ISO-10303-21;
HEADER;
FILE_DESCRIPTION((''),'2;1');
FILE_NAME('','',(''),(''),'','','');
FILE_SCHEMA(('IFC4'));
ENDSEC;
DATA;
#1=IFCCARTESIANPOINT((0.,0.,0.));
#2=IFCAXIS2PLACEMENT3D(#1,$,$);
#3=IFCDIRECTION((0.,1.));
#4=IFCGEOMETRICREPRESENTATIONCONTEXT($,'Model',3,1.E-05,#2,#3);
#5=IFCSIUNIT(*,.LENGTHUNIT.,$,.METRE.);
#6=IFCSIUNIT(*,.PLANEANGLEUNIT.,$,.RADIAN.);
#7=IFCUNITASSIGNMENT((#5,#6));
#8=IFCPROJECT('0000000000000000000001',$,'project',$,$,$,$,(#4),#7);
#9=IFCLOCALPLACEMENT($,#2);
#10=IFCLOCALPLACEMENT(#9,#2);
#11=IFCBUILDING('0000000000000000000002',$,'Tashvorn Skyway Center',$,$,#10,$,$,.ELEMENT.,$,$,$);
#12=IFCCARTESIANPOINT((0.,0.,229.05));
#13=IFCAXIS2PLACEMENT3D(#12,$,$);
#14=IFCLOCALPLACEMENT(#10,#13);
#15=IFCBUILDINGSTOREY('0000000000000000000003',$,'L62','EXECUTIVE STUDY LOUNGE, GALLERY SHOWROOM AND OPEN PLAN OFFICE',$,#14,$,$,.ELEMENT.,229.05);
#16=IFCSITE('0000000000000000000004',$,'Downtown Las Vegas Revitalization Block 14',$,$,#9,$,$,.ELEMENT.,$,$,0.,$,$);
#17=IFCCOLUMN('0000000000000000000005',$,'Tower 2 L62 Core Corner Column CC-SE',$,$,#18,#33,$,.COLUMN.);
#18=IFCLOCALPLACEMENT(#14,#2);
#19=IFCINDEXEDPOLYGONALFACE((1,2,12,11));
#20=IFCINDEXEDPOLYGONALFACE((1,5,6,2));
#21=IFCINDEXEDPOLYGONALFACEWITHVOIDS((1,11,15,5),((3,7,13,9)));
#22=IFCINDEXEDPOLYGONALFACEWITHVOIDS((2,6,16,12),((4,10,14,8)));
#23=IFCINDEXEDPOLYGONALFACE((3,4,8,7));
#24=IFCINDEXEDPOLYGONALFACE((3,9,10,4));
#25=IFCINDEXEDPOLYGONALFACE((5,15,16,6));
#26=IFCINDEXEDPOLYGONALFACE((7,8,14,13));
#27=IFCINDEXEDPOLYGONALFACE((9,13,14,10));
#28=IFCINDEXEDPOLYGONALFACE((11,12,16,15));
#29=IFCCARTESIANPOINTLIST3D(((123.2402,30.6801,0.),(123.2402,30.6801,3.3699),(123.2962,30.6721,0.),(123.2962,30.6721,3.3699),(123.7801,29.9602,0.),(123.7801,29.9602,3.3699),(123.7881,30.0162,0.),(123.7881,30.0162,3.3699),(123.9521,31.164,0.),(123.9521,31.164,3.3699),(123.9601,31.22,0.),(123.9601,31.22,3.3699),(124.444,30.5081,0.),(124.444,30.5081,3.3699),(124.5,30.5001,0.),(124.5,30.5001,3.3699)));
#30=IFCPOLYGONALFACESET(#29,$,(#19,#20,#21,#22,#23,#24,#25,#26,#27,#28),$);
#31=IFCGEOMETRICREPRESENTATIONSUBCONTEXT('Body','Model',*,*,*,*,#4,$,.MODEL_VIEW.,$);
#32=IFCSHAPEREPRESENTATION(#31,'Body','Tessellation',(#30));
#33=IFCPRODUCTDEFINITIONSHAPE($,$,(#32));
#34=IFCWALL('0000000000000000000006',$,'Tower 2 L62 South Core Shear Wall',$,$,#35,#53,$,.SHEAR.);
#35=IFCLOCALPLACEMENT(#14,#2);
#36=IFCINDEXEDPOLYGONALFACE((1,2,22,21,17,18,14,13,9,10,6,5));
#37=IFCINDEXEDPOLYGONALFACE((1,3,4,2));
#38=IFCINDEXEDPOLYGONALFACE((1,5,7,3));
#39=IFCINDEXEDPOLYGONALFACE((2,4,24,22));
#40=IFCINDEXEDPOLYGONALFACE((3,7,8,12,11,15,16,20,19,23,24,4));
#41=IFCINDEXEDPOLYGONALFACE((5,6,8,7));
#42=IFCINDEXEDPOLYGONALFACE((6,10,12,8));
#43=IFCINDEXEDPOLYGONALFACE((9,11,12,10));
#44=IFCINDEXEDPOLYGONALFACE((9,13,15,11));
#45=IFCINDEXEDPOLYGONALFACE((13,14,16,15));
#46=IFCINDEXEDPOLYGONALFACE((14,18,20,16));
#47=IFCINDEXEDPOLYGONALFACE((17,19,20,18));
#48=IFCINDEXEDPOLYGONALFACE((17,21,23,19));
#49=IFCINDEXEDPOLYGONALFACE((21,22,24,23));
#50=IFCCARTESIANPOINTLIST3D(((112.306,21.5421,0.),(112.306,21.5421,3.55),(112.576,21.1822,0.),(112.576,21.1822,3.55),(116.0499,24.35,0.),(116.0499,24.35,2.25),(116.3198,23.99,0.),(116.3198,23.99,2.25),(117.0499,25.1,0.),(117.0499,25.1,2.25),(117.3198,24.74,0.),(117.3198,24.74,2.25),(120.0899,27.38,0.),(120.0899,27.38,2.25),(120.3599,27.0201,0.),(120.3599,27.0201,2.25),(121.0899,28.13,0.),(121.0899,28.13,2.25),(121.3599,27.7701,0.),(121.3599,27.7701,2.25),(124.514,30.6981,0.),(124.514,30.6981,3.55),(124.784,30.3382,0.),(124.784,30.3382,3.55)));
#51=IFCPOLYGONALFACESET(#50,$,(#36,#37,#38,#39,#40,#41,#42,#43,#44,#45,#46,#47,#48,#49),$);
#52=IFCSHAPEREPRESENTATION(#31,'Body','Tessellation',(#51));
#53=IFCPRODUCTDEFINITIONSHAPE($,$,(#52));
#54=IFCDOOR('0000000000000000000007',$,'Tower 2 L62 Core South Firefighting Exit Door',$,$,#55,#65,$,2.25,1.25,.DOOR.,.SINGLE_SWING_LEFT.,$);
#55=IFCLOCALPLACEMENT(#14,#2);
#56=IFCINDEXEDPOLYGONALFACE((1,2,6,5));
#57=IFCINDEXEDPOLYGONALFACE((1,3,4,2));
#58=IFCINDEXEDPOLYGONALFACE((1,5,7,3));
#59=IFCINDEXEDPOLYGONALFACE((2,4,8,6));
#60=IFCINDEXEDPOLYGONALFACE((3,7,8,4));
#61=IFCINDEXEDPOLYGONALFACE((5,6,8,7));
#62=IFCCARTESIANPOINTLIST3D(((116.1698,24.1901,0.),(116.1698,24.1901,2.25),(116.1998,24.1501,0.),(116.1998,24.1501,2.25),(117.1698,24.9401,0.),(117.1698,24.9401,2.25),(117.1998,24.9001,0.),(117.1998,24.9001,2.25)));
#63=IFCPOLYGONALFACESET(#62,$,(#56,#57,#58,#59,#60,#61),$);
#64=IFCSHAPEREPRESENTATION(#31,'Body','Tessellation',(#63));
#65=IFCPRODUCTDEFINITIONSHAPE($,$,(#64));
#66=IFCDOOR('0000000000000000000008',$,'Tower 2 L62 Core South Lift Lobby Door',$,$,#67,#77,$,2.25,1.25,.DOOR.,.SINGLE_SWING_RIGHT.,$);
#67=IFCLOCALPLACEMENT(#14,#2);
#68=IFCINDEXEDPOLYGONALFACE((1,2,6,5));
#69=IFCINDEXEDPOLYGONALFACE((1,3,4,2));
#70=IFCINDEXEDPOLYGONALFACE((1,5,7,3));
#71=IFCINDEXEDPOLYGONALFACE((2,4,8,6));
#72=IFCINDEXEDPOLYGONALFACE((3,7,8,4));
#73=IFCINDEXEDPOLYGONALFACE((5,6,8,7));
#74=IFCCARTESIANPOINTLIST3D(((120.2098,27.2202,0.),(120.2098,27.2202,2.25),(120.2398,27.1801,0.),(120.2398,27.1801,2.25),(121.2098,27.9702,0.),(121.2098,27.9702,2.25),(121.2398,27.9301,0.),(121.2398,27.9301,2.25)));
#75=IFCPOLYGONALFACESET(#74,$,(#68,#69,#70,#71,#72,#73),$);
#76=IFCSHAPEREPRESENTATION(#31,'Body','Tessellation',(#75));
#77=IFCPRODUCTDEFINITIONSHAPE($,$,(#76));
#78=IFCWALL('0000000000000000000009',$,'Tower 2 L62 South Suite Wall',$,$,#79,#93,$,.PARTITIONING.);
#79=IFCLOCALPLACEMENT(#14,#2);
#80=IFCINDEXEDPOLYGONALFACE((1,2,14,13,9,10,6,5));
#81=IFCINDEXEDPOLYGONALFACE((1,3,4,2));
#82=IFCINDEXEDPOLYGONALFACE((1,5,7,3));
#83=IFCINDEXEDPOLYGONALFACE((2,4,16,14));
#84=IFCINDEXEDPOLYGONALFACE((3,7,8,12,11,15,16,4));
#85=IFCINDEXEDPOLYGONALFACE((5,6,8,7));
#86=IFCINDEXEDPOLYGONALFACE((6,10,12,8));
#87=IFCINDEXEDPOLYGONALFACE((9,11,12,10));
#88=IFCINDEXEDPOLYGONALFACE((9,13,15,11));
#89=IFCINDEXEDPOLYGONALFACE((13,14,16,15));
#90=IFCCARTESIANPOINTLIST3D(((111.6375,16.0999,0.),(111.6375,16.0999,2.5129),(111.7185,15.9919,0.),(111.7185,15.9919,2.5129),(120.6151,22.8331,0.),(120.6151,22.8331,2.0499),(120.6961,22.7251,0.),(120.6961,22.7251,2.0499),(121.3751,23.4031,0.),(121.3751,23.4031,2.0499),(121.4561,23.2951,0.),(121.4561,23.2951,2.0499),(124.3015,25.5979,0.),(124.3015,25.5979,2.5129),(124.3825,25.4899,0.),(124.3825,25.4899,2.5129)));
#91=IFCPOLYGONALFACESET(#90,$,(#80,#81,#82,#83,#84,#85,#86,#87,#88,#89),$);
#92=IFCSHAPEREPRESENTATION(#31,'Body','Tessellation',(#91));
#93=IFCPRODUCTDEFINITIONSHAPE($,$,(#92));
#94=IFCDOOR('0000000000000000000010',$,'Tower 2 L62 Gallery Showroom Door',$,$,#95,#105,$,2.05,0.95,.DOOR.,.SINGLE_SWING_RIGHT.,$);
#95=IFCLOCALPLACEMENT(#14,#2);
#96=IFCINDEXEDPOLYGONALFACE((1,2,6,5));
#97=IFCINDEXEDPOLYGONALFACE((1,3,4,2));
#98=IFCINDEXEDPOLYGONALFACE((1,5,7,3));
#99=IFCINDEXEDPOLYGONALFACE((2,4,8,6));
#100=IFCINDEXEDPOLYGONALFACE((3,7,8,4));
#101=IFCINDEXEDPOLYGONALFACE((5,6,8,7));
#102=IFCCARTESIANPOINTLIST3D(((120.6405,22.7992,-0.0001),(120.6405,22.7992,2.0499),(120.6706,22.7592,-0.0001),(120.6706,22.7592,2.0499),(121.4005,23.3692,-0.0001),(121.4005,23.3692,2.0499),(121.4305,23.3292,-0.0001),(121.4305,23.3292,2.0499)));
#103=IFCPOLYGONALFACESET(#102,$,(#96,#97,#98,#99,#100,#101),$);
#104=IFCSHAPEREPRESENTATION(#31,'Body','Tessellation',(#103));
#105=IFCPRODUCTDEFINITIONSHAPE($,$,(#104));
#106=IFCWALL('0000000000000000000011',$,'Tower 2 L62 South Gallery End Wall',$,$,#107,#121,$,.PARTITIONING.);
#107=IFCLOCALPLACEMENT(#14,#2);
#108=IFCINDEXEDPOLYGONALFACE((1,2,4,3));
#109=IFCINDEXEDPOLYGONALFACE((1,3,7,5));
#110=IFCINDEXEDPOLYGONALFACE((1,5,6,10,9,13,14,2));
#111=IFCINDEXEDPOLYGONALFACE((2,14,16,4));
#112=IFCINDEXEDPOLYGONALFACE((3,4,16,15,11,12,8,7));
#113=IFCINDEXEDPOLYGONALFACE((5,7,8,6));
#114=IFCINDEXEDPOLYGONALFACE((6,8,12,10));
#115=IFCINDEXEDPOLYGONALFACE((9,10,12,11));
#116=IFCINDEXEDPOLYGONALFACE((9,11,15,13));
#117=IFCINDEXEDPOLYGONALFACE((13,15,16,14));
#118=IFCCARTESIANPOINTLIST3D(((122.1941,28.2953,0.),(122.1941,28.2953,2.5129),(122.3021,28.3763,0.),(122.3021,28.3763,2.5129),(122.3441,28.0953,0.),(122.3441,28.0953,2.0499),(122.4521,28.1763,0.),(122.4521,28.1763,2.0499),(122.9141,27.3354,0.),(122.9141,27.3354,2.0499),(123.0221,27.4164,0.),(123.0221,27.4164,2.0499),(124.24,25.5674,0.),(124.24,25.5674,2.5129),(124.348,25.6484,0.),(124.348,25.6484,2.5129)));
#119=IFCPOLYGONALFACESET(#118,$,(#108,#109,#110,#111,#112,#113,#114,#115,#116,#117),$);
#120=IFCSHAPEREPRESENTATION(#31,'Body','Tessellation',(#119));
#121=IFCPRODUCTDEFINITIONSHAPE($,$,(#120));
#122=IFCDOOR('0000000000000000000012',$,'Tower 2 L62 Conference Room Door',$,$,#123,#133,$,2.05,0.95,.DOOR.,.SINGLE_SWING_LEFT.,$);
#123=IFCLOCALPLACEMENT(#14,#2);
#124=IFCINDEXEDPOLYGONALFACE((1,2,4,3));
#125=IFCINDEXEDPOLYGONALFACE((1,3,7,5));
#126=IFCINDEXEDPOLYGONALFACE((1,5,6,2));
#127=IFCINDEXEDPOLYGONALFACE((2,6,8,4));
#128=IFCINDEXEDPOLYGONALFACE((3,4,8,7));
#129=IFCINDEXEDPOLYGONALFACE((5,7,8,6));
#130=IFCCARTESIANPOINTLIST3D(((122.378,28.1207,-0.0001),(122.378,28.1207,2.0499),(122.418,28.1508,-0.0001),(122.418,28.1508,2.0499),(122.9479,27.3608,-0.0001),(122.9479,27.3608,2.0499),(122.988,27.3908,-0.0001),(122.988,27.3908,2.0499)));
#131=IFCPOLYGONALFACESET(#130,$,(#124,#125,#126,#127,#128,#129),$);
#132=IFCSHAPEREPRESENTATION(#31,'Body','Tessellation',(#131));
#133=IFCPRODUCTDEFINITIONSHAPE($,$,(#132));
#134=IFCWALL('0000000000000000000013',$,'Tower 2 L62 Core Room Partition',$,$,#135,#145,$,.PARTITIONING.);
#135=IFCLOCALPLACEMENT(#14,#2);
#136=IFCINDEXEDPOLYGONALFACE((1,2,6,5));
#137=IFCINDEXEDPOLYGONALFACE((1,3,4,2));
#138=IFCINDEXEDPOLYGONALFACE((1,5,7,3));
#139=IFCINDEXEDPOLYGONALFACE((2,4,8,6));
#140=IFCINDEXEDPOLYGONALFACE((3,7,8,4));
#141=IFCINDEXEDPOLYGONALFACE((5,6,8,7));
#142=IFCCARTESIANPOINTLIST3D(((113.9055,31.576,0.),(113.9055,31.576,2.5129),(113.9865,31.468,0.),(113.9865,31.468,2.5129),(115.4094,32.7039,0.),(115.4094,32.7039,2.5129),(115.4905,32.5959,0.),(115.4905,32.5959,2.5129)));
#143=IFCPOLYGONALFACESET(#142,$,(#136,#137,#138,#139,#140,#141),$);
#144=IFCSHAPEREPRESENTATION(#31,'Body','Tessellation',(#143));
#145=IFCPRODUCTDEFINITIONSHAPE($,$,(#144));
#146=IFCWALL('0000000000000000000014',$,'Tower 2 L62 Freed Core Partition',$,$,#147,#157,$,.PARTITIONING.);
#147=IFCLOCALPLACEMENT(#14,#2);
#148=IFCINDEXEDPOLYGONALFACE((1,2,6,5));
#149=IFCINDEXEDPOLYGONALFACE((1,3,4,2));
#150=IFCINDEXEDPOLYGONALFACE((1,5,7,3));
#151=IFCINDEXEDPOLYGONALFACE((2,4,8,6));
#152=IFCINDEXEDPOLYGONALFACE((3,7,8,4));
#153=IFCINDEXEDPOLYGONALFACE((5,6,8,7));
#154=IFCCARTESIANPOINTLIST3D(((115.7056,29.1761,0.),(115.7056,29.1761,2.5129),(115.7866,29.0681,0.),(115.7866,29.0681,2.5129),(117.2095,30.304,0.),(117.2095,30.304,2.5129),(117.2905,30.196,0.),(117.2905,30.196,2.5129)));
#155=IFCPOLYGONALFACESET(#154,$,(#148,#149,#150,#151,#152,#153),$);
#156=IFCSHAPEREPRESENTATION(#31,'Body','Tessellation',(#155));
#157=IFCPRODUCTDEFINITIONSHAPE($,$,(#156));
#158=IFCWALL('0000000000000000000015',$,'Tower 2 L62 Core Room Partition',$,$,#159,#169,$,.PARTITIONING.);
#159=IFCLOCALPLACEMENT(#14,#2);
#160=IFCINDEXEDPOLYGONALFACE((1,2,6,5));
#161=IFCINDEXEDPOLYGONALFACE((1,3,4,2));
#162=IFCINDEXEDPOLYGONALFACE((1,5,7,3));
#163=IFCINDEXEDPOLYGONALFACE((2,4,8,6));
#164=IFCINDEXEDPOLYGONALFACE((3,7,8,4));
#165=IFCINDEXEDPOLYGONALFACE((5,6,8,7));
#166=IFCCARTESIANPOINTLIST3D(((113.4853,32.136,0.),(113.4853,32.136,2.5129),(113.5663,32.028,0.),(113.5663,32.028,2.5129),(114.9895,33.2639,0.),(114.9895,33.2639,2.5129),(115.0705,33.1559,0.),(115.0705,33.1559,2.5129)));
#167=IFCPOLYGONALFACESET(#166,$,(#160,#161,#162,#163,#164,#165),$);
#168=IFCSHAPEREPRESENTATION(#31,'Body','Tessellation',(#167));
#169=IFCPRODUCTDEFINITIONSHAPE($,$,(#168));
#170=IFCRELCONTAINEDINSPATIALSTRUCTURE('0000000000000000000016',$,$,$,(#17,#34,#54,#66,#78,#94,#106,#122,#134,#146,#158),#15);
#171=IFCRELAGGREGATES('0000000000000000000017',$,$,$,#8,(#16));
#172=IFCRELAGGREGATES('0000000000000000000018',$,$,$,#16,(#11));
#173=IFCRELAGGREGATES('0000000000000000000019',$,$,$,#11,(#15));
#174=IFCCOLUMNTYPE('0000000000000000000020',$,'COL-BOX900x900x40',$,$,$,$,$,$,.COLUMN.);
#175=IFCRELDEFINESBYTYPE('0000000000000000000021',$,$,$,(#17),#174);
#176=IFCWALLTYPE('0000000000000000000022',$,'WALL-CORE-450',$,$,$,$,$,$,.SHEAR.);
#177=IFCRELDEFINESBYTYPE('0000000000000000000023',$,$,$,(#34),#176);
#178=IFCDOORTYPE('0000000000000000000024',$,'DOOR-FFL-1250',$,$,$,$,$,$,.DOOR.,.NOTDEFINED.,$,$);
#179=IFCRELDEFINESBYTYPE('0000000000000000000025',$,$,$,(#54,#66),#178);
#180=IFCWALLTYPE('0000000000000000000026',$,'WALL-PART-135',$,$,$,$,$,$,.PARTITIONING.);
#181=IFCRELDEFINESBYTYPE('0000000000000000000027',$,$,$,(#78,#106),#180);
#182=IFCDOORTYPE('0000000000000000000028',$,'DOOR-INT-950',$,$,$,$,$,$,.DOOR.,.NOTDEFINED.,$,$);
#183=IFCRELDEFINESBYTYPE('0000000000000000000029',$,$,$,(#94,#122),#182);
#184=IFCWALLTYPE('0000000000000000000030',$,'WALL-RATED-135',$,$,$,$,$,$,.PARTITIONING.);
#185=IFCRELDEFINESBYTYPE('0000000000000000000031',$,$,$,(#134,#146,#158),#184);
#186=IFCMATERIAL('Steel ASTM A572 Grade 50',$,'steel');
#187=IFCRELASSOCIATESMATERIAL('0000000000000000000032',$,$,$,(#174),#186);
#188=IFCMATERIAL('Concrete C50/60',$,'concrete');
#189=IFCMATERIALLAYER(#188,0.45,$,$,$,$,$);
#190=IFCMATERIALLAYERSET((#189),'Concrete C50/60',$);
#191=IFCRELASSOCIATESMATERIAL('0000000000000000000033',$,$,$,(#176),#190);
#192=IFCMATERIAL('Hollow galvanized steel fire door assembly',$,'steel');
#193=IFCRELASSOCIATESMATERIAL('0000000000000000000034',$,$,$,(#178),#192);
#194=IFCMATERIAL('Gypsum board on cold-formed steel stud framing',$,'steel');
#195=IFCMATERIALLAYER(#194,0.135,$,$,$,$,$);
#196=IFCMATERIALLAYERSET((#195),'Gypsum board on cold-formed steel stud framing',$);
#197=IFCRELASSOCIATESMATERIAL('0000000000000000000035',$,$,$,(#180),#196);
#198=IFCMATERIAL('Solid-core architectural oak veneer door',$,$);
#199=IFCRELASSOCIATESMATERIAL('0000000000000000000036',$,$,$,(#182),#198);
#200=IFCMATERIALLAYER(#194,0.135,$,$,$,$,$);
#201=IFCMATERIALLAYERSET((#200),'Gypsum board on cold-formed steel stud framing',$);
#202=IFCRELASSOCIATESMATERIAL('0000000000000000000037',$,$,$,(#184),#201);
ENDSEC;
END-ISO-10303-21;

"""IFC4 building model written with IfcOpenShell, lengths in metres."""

from ifc_helpers import new_model, si_unit, direction, frame, frame_2d, origin, origin_2d, place, context, subcontext, project, spatial, rectangle, hollow_rectangle, extrude, material, layer, layer_set, material_profile, profile_set, type_object, element, fill, save


model = new_model("IFC4")

# Units and contexts
model_context = context("Model", 3, precision=1e-05, world=origin(), true_north=direction((0.0, 1.0)))
body_context = subcontext(model_context, "Body", "Model", "MODEL_VIEW")
ifc_project = project(units=[si_unit("LENGTHUNIT", "METRE"), si_unit("PLANEANGLEUNIT", "RADIAN")], contexts=[model_context])

# Site, building, storey
site_placement = place(None, origin())
site = spatial("IfcSite", under=ifc_project, at=site_placement, Name="Downtown Las Vegas Revitalization Block 14", CompositionType="ELEMENT", RefElevation=0.0)
building_placement = place(site_placement, origin())
building = spatial("IfcBuilding", under=site, at=building_placement, Name="Tashvorn Skyway Center", CompositionType="ELEMENT")
storey_placement = place(building_placement, frame((0.0, 0.0, 229.05)))
storey = spatial("IfcBuildingStorey", under=building, at=storey_placement, Name="L62", Description="EXECUTIVE STUDY LOUNGE, GALLERY SHOWROOM AND OPEN PLAN OFFICE", CompositionType="ELEMENT", Elevation=229.05)

# Column
ifc_material_1 = material(Name="Steel ASTM A572 Grade 50", Category="steel")
ifc_material_profile = material_profile(ifc_material_1, hollow_rectangle(XDim=0.8999, YDim=0.8999, WallThickness=0.04, at=origin_2d()), Name="BOX900x900x40")
ifc_profile_set = profile_set([ifc_material_profile], Name="Steel ASTM A572 Grade 50")
column_type = type_object("IfcColumnType", Name="COL-BOX900x900x40", PredefinedType="COLUMN", material=ifc_profile_set)
column_placement = place(storey_placement, frame((123.8701, 30.5901, 0.0), z_axis=(0.0, 0.0, 1.0), x_axis=(0.8, 0.6, 0.0)))
element("IfcColumn", 1, at=column_placement, inside=storey, type_object=column_type, Name="Tower 2 L62 Core Corner Column CC-SE", PredefinedType="COLUMN", context=body_context, shape_type="SweptSolid", body=[
    extrude(hollow_rectangle(XDim=0.8999, YDim=0.8999, WallThickness=0.04, at=origin_2d()), origin(), (0.0, 0.0, 1.0), 3.3699),
])

# Wall, openings, doors
ifc_material_2 = material(Name="Concrete C50/60", Category="concrete")
ifc_layer_1 = layer(ifc_material_2, 0.45)
ifc_layer_set_1 = layer_set([ifc_layer_1], Name="Concrete C50/60")
wall_type_1 = type_object("IfcWallType", Name="WALL-CORE-450", PredefinedType="SHEAR", material=ifc_layer_set_1)
wall_1_placement = place(storey_placement, frame((124.6489, 30.5181, 0.0), z_axis=(0.0, 0.0, 1.0), x_axis=(-0.8, -0.6, 0.0)))
wall_1 = element("IfcWall", 2, at=wall_1_placement, inside=storey, type_object=wall_type_1, Name="Tower 2 L62 South Core Shear Wall", PredefinedType="SHEAR", context=body_context, shape_type="SweptSolid", body=[
    extrude(rectangle(XDim=15.26, YDim=0.45, at=frame_2d((7.6299, 0.0))), origin(), (0.0, 0.0, 1.0), 3.55),
])
opening_1_placement = place(wall_1_placement, frame((9.3301, 0.0, 0.0)))
opening_1 = element("IfcOpeningElement", 3, at=opening_1_placement, cuts=wall_1, PredefinedType="OPENING", context=body_context, shape_type="SweptSolid", body=[
    extrude(rectangle(XDim=1.25, YDim=2.25, at=frame_2d((0.625, 1.125))), frame((0.0, 0.2349, 0.0), z_axis=(0.0, -1.0, 0.0), x_axis=(1.0, 0.0, 0.0)), (0.0, 0.0, 1.0), 0.47),
])
opening_2_placement = place(wall_1_placement, frame((4.28, 0.0, 0.0)))
opening_2 = element("IfcOpeningElement", 4, at=opening_2_placement, cuts=wall_1, PredefinedType="OPENING", context=body_context, shape_type="SweptSolid", body=[
    extrude(rectangle(XDim=1.25, YDim=2.25, at=frame_2d((0.625, 1.125))), frame((0.0, 0.2349, 0.0), z_axis=(0.0, -1.0, 0.0), x_axis=(1.0, 0.0, 0.0)), (0.0, 0.0, 1.0), 0.47),
])
ifc_material_3 = material(Name="Hollow galvanized steel fire door assembly", Category="steel")
door_type_1 = type_object("IfcDoorType", Name="DOOR-FFL-1250", OperationType="NOTDEFINED", PredefinedType="DOOR", material=ifc_material_3)
door_1_placement = place(opening_1_placement, origin())
door_1 = element("IfcDoor", 5, at=door_1_placement, inside=storey, type_object=door_type_1, Name="Tower 2 L62 Core South Firefighting Exit Door", OperationType="SINGLE_SWING_LEFT", OverallHeight=2.25, OverallWidth=1.25, PredefinedType="DOOR", context=body_context, shape_type="SweptSolid", body=[
    extrude(rectangle(XDim=1.25, YDim=2.25, at=frame_2d((0.625, 1.125))), frame((0.0, 0.0249, 0.0), z_axis=(0.0, -1.0, 0.0), x_axis=(1.0, 0.0, 0.0)), (0.0, 0.0, 1.0), 0.05),
])
fill(opening_1, door_1)
door_2_placement = place(opening_2_placement, origin())
door_2 = element("IfcDoor", 6, at=door_2_placement, inside=storey, type_object=door_type_1, Name="Tower 2 L62 Core South Lift Lobby Door", OperationType="SINGLE_SWING_RIGHT", OverallHeight=2.25, OverallWidth=1.25, PredefinedType="DOOR", context=body_context, shape_type="SweptSolid", body=[
    extrude(rectangle(XDim=1.25, YDim=2.25, at=frame_2d((0.625, 1.125))), frame((0.0, 0.0249, 0.0), z_axis=(0.0, -1.0, 0.0), x_axis=(1.0, 0.0, 0.0)), (0.0, 0.0, 1.0), 0.05),
])
fill(opening_2, door_2)

# Walls, openings, doors
ifc_material_4 = material(Name="Gypsum board on cold-formed steel stud framing", Category="steel")
ifc_layer_2 = layer(ifc_material_4, 0.135)
ifc_layer_set_2 = layer_set([ifc_layer_2], Name="Gypsum board on cold-formed steel stud framing")
wall_type_2 = type_object("IfcWallType", Name="WALL-PART-135", PredefinedType="PARTITIONING", material=ifc_layer_set_2)
wall_2_placement = place(storey_placement, frame((124.342, 25.5439, 0.0), z_axis=(0.0, 0.0, 1.0), x_axis=(-0.8, -0.6, 0.0)))
wall_2 = element("IfcWall", 7, at=wall_2_placement, inside=storey, type_object=wall_type_2, Name="Tower 2 L62 South Suite Wall", PredefinedType="PARTITIONING", context=body_context, shape_type="SweptSolid", body=[
    extrude(rectangle(XDim=15.8301, YDim=0.135, at=frame_2d((7.915, 0.0))), origin(), (0.0, 0.0, 1.0), 2.5129),
])
opening_3_placement = place(wall_2_placement, frame((3.658, 0.0, 0.0)))
opening_3 = element("IfcOpeningElement", 8, at=opening_3_placement, cuts=wall_2, PredefinedType="OPENING", context=body_context, shape_type="SweptSolid", body=[
    extrude(rectangle(XDim=0.95, YDim=2.05, at=frame_2d((0.4751, 1.0249))), frame((0.0, 0.0774, 0.0), z_axis=(0.0, -1.0, 0.0), x_axis=(1.0, 0.0, 0.0)), (0.0, 0.0, 1.0), 0.155),
])
ifc_material_5 = material(Name="Solid-core architectural oak veneer door")
door_type_2 = type_object("IfcDoorType", Name="DOOR-INT-950", OperationType="NOTDEFINED", PredefinedType="DOOR", material=ifc_material_5)
door_3_placement = place(opening_3_placement, origin())
door_3 = element("IfcDoor", 9, at=door_3_placement, inside=storey, type_object=door_type_2, Name="Tower 2 L62 Gallery Showroom Door", OperationType="SINGLE_SWING_RIGHT", OverallHeight=2.05, OverallWidth=0.95, PredefinedType="DOOR", context=body_context, shape_type="SweptSolid", body=[
    extrude(rectangle(XDim=0.95, YDim=2.05, at=frame_2d((0.4751, 1.0249))), frame((0.0, 0.0249, 0.0), z_axis=(0.0, -1.0, 0.0), x_axis=(1.0, 0.0, 0.0)), (0.0, 0.0, 1.0), 0.05),
])
fill(opening_3, door_3)
wall_3_placement = place(storey_placement, frame((122.248, 28.3359, 0.0), z_axis=(0.0, 0.0, 1.0), x_axis=(0.599977, -0.800017, 0.0)))
wall_3 = element("IfcWall", 10, at=wall_3_placement, inside=storey, type_object=wall_type_2, Name="Tower 2 L62 South Gallery End Wall", PredefinedType="PARTITIONING", context=body_context, shape_type="SweptSolid", body=[
    extrude(rectangle(XDim=3.4099, YDim=0.135, at=frame_2d((1.7051, 0.0))), origin(), (0.0, 0.0, 1.0), 2.5129),
])
opening_4_placement = place(wall_3_placement, frame((0.25, 0.0, 0.0)))
opening_4 = element("IfcOpeningElement", 11, at=opening_4_placement, cuts=wall_3, PredefinedType="OPENING", context=body_context, shape_type="SweptSolid", body=[
    extrude(rectangle(XDim=0.95, YDim=2.05, at=frame_2d((0.4751, 1.0249))), frame((0.0, 0.0774, 0.0), z_axis=(0.0, -1.0, 0.0), x_axis=(1.0, 0.0, 0.0)), (0.0, 0.0, 1.0), 0.155),
])
door_4_placement = place(opening_4_placement, origin())
door_4 = element("IfcDoor", 12, at=door_4_placement, inside=storey, type_object=door_type_2, Name="Tower 2 L62 Conference Room Door", OperationType="SINGLE_SWING_LEFT", OverallHeight=2.05, OverallWidth=0.95, PredefinedType="DOOR", context=body_context, shape_type="SweptSolid", body=[
    extrude(rectangle(XDim=0.95, YDim=2.05, at=frame_2d((0.4751, 1.0249))), frame((0.0, 0.0249, 0.0), z_axis=(0.0, -1.0, 0.0), x_axis=(1.0, 0.0, 0.0)), (0.0, 0.0, 1.0), 0.05),
])
fill(opening_4, door_4)

# Walls
ifc_layer_3 = layer(ifc_material_4, 0.135)
ifc_layer_set_3 = layer_set([ifc_layer_3], Name="Gypsum board on cold-formed steel stud framing")
wall_type_3 = type_object("IfcWallType", Name="WALL-RATED-135", PredefinedType="PARTITIONING", material=ifc_layer_set_3)
for number, where, z_axis, x_axis, name in (
    (13, (113.946, 31.522, 0.0), (0.0, 0.0, 1.0), (0.8, 0.6, 0.0), "Tower 2 L62 Core Room Partition"),
    (14, (115.7461, 29.1221, 0.0), (0.0, 0.0, 1.0), (0.8, 0.6, 0.0), "Tower 2 L62 Freed Core Partition"),
):
    element("IfcWall", number, at=place(storey_placement, frame(where, z_axis=z_axis, x_axis=x_axis)), inside=storey, type_object=wall_type_3, Name=name, PredefinedType="PARTITIONING", context=body_context, shape_type="SweptSolid", body=[
        extrude(rectangle(XDim=1.8799, YDim=0.135, at=frame_2d((0.9399, 0.0))), origin(), (0.0, 0.0, 1.0), 2.5129),
    ])
wall_4_placement = place(storey_placement, frame((113.5259, 32.082, 0.0), z_axis=(0.0, 0.0, 1.0), x_axis=(0.800047, 0.599938, 0.0)))
element("IfcWall", 15, at=wall_4_placement, inside=storey, type_object=wall_type_3, Name="Tower 2 L62 Core Room Partition", PredefinedType="PARTITIONING", context=body_context, shape_type="SweptSolid", body=[
    extrude(rectangle(XDim=1.8801, YDim=0.135, at=frame_2d((0.9399, 0.0))), origin(), (0.0, 0.0, 1.0), 2.5129),
])

save(model, "model.ifc")
